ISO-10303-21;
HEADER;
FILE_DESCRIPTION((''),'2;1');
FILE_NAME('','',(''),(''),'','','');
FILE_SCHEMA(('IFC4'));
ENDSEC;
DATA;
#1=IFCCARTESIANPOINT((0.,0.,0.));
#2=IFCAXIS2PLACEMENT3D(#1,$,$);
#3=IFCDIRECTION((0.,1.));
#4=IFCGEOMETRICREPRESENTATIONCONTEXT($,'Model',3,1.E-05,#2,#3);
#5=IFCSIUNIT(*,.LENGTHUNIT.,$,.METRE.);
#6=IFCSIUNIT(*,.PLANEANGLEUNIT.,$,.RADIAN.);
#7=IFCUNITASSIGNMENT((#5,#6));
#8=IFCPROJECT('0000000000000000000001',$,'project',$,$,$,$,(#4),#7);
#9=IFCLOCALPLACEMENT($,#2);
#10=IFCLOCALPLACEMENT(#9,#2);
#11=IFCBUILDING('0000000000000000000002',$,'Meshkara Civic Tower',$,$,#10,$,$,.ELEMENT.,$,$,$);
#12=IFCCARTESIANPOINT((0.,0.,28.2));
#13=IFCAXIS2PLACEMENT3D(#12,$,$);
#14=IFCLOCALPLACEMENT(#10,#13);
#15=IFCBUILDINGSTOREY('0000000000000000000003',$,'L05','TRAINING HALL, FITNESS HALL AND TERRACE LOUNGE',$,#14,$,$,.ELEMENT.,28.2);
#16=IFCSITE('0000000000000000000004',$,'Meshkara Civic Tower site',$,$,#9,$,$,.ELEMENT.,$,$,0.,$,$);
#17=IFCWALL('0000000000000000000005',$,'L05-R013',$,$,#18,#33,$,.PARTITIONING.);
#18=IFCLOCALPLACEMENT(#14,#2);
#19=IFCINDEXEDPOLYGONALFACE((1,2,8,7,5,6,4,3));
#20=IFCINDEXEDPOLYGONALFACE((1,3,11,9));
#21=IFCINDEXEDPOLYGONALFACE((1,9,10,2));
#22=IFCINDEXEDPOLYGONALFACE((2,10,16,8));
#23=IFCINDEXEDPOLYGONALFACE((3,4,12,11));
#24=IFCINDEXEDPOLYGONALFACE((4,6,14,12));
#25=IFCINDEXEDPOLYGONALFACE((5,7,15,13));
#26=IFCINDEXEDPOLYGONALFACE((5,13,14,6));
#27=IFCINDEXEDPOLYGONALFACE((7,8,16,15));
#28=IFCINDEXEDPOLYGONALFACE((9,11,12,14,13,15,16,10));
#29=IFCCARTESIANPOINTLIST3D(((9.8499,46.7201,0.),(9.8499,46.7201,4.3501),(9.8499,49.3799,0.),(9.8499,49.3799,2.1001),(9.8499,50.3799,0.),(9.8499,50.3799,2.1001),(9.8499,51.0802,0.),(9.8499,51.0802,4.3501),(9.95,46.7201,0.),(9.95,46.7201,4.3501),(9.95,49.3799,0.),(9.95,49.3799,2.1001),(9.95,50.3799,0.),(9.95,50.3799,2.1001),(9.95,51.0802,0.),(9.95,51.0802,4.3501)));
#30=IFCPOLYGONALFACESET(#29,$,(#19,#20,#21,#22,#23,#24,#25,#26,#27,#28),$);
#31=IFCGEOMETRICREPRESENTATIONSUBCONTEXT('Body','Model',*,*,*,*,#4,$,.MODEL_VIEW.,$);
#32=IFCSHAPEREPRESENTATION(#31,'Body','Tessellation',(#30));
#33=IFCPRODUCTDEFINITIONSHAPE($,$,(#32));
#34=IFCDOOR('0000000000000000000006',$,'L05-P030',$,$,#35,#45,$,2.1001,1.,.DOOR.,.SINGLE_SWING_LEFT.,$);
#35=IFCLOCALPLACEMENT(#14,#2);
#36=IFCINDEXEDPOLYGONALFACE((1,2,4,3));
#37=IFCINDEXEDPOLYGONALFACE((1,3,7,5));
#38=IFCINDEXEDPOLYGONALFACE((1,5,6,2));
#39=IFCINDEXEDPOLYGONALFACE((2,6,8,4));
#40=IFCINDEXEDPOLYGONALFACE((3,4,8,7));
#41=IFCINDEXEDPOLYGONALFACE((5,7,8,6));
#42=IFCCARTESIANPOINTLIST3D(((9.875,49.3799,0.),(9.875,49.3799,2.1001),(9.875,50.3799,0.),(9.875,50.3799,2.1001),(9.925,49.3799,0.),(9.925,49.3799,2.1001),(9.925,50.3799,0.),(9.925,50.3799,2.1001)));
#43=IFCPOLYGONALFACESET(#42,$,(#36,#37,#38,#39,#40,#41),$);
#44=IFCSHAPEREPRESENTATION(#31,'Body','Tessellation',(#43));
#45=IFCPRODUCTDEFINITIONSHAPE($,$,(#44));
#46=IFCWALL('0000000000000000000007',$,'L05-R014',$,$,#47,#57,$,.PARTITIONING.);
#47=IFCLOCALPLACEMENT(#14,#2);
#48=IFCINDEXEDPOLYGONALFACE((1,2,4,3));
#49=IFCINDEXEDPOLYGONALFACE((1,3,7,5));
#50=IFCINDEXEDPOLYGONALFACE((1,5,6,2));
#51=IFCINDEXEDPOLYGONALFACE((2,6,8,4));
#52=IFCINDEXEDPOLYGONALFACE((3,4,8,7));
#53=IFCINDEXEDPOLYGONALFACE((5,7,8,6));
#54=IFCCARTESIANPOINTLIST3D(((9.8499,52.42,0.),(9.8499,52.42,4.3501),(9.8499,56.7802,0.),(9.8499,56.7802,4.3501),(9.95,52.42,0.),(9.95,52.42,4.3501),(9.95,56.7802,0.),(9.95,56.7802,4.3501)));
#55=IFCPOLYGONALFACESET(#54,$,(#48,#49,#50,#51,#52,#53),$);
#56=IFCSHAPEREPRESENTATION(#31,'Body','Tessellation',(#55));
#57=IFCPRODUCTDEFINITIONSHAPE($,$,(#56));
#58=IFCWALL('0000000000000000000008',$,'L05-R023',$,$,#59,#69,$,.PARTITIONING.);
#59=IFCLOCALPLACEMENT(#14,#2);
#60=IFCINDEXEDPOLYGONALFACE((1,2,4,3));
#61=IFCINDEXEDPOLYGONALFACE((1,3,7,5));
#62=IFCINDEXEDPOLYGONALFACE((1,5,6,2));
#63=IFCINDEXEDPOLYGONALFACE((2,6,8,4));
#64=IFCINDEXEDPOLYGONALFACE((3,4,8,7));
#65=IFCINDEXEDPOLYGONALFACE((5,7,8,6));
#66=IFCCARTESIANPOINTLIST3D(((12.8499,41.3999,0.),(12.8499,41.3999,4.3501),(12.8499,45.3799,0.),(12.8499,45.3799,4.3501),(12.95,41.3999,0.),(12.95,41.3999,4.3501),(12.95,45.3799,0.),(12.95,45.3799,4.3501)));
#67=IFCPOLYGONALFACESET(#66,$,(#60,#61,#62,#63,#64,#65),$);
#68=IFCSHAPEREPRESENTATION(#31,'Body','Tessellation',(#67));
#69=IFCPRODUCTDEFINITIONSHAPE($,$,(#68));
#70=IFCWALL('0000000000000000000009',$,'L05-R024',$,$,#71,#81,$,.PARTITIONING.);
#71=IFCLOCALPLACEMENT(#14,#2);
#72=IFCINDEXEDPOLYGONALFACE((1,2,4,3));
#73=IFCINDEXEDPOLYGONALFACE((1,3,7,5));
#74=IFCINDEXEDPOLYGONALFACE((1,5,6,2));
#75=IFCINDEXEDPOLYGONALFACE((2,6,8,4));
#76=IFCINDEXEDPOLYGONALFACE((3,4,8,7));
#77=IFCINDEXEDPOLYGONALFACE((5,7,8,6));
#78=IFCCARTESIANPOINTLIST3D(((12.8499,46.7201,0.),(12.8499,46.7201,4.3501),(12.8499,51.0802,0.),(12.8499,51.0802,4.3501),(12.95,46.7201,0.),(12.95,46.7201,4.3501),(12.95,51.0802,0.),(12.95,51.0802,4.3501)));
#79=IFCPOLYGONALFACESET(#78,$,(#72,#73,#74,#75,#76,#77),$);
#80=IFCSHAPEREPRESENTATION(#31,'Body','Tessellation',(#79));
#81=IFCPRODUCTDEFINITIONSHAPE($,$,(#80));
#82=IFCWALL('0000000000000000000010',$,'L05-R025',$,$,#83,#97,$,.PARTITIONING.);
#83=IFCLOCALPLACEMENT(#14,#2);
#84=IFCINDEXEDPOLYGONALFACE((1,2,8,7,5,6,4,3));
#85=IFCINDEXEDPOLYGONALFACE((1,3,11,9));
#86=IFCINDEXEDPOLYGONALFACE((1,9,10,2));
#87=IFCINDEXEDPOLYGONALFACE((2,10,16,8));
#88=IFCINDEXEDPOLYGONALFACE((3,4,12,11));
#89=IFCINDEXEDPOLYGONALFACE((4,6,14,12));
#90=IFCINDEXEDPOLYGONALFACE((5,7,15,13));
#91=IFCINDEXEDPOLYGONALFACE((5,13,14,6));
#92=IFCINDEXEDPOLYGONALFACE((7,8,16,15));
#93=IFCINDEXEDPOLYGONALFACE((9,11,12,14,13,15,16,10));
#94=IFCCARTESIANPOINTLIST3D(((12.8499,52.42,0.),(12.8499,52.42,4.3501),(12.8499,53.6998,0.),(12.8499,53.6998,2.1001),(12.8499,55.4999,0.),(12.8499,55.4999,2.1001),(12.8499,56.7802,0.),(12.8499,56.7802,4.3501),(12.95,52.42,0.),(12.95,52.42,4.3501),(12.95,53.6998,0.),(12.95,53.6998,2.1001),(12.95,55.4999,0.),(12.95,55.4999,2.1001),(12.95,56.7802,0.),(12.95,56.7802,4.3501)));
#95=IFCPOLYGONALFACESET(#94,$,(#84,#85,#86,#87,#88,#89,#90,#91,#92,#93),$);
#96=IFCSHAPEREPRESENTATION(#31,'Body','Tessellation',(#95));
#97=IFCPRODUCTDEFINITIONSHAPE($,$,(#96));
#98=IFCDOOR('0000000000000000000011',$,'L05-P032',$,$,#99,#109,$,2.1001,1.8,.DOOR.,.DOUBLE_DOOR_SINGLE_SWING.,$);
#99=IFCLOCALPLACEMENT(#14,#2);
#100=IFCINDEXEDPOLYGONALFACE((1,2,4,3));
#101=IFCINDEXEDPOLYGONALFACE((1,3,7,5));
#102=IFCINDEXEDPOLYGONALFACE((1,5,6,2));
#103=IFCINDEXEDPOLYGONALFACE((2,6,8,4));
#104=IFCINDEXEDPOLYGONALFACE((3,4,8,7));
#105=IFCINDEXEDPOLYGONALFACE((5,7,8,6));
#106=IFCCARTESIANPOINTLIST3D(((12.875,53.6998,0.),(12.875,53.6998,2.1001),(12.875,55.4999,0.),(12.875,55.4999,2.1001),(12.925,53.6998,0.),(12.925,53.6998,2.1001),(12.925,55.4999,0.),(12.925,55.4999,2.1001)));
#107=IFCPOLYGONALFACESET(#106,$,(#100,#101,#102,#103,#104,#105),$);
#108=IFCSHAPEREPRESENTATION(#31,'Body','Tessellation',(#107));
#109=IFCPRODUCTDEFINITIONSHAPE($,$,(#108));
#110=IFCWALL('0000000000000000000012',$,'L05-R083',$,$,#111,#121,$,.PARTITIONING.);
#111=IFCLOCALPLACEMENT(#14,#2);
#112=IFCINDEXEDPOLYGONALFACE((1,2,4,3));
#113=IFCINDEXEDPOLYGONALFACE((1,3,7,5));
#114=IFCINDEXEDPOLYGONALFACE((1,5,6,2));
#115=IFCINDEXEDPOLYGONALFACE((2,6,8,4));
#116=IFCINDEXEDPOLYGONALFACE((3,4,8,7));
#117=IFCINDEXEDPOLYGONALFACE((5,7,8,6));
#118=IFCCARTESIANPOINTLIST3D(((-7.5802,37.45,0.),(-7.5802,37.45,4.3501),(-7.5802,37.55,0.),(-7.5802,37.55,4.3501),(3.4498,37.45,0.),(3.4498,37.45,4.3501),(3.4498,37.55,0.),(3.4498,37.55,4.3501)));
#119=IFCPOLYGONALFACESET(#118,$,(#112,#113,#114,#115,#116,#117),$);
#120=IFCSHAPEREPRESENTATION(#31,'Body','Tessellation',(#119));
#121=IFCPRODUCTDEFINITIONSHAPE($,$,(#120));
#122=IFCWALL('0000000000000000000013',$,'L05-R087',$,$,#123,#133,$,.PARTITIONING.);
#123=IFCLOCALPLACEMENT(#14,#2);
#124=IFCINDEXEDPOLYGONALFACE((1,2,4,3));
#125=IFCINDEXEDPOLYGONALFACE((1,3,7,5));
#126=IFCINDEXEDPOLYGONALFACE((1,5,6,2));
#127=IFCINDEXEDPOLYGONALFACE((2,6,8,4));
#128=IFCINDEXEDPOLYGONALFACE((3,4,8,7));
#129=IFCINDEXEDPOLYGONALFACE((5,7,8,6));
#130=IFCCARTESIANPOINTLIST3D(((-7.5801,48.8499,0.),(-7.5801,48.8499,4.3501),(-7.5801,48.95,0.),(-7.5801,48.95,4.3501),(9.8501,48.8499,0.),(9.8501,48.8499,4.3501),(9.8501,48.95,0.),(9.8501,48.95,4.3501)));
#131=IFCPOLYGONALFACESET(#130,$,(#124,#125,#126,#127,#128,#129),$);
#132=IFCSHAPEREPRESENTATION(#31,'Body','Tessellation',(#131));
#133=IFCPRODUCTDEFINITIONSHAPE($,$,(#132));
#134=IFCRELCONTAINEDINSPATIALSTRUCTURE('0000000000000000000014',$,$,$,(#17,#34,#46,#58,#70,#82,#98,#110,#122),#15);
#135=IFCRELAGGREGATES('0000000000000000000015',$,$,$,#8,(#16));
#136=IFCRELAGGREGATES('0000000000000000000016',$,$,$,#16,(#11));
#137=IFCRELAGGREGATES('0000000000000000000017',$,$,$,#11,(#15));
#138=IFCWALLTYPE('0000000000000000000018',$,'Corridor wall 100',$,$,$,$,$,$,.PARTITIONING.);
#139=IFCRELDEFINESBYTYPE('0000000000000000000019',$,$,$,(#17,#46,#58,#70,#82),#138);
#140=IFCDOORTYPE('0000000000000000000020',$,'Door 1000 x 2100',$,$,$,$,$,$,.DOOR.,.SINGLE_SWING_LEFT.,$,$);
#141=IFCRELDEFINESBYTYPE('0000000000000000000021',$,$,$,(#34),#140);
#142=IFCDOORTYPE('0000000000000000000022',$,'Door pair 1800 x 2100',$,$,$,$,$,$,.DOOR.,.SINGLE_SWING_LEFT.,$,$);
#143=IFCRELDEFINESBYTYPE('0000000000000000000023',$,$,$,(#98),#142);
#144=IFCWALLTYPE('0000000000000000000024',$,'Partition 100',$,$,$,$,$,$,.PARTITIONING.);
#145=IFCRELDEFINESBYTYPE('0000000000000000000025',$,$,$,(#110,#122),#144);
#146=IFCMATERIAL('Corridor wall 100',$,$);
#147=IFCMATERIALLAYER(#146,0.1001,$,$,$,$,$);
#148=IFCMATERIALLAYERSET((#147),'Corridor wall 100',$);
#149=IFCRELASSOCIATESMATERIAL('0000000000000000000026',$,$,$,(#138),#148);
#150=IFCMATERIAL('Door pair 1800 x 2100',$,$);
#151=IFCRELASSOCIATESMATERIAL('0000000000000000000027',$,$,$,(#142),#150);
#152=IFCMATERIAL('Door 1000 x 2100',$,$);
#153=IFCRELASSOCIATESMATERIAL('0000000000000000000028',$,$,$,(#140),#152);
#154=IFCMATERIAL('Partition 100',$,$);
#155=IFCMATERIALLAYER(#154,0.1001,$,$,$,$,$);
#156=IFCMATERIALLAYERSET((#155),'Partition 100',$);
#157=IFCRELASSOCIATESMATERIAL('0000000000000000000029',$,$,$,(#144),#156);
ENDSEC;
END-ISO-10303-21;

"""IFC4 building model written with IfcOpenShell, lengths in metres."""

from ifc_helpers import new_model, si_unit, direction, frame, frame_2d, origin, place, context, subcontext, project, spatial, rectangle, extrude, material, layer, layer_set, type_object, element, fill, save


model = new_model("IFC4")

# Units and contexts
model_context = context("Model", 3, precision=1e-05, world=origin(), true_north=direction((0.0, 1.0)))
body_context = subcontext(model_context, "Body", "Model", "MODEL_VIEW")
ifc_project = project(units=[si_unit("LENGTHUNIT", "METRE"), si_unit("PLANEANGLEUNIT", "RADIAN")], contexts=[model_context])

# Site, building, storey
site_placement = place(None, origin())
site = spatial("IfcSite", under=ifc_project, at=site_placement, Name="Meshkara Civic Tower site", CompositionType="ELEMENT", RefElevation=0.0)
building_placement = place(site_placement, origin())
building = spatial("IfcBuilding", under=site, at=building_placement, Name="Meshkara Civic Tower", CompositionType="ELEMENT")
storey_placement = place(building_placement, frame((0.0, 0.0, 28.2)))
storey = spatial("IfcBuildingStorey", under=building, at=storey_placement, Name="L05", Description="TRAINING HALL, FITNESS HALL AND TERRACE LOUNGE", CompositionType="ELEMENT", Elevation=28.2)

# Shared definitions
ifc_material_1 = material(Name="Corridor wall 100")
ifc_layer_1 = layer(ifc_material_1, 0.1001)
ifc_layer_set_1 = layer_set([ifc_layer_1], Name="Corridor wall 100")
wall_type_1 = type_object("IfcWallType", Name="Corridor wall 100", PredefinedType="PARTITIONING", material=ifc_layer_set_1)

# Wall, opening, door
ifc_material_2 = material(Name="Door pair 1800 x 2100")
door_type_1 = type_object("IfcDoorType", Name="Door pair 1800 x 2100", OperationType="SINGLE_SWING_LEFT", PredefinedType="DOOR", material=ifc_material_2)
wall_1_placement = place(storey_placement, frame((9.8999, 46.72, 0.0), z_axis=(0.0, 0.0, 1.0), x_axis=(0.0, 1.0, 0.0)))
wall_1 = element("IfcWall", 1, at=wall_1_placement, inside=storey, type_object=wall_type_1, Name="L05-R013", PredefinedType="PARTITIONING", context=body_context, shape_type="SweptSolid", body=[
    extrude(rectangle(XDim=4.3601, YDim=0.1001, at=frame_2d((2.1802, 0.0))), origin(), (0.0, 0.0, 1.0), 4.3501),
])
opening_1_placement = place(wall_1_placement, frame((2.6599, 0.0, 0.0)))
opening_1 = element("IfcOpeningElement", 2, at=opening_1_placement, cuts=wall_1, PredefinedType="OPENING", context=body_context, shape_type="SweptSolid", body=[
    extrude(rectangle(XDim=1.0, YDim=2.1001, at=frame_2d((0.5, 1.05))), frame((0.0, 0.0601, 0.0), z_axis=(0.0, -1.0, 0.0), x_axis=(1.0, 0.0, 0.0)), (0.0, 0.0, 1.0), 0.1201),
])
ifc_material_3 = material(Name="Door 1000 x 2100")
door_type_2 = type_object("IfcDoorType", Name="Door 1000 x 2100", OperationType="SINGLE_SWING_LEFT", PredefinedType="DOOR", material=ifc_material_3)
door_1_placement = place(opening_1_placement, origin())
door_1 = element("IfcDoor", 3, at=door_1_placement, inside=storey, type_object=door_type_2, Name="L05-P030", OperationType="SINGLE_SWING_LEFT", OverallHeight=2.1001, OverallWidth=1.0, PredefinedType="DOOR", context=body_context, shape_type="SweptSolid", body=[
    extrude(rectangle(XDim=1.0, YDim=2.1001, at=frame_2d((0.5, 1.05))), frame((0.0, 0.0249, 0.0), z_axis=(0.0, -1.0, 0.0), x_axis=(1.0, 0.0, 0.0)), (0.0, 0.0, 1.0), 0.05),
])
fill(opening_1, door_1)

# Walls
wall_2_placement = place(storey_placement, frame((9.8999, 52.4199, 0.0), z_axis=(0.0, 0.0, 1.0), x_axis=(0.0, 1.0, 0.0)))
element("IfcWall", 4, at=wall_2_placement, inside=storey, type_object=wall_type_1, Name="L05-R014", PredefinedType="PARTITIONING", context=body_context, shape_type="SweptSolid", body=[
    extrude(rectangle(XDim=4.3601, YDim=0.1001, at=frame_2d((2.1802, 0.0))), origin(), (0.0, 0.0, 1.0), 4.3501),
])
wall_3_placement = place(storey_placement, frame((12.8999, 41.3999, 0.0), z_axis=(0.0, 0.0, 1.0), x_axis=(0.0, 1.0, 0.0)))
element("IfcWall", 5, at=wall_3_placement, inside=storey, type_object=wall_type_1, Name="L05-R023", PredefinedType="PARTITIONING", context=body_context, shape_type="SweptSolid", body=[
    extrude(rectangle(XDim=3.98, YDim=0.1001, at=frame_2d((1.99, 0.0))), origin(), (0.0, 0.0, 1.0), 4.3501),
])
wall_4_placement = place(storey_placement, frame((12.8999, 46.72, 0.0), z_axis=(0.0, 0.0, 1.0), x_axis=(0.0, 1.0, 0.0)))
element("IfcWall", 6, at=wall_4_placement, inside=storey, type_object=wall_type_1, Name="L05-R024", PredefinedType="PARTITIONING", context=body_context, shape_type="SweptSolid", body=[
    extrude(rectangle(XDim=4.3601, YDim=0.1001, at=frame_2d((2.1802, 0.0))), origin(), (0.0, 0.0, 1.0), 4.3501),
])

# Wall, opening, door
wall_5_placement = place(storey_placement, frame((12.8999, 52.4199, 0.0), z_axis=(0.0, 0.0, 1.0), x_axis=(0.0, 1.0, 0.0)))
wall_5 = element("IfcWall", 7, at=wall_5_placement, inside=storey, type_object=wall_type_1, Name="L05-R025", PredefinedType="PARTITIONING", context=body_context, shape_type="SweptSolid", body=[
    extrude(rectangle(XDim=4.3601, YDim=0.1001, at=frame_2d((2.1802, 0.0))), origin(), (0.0, 0.0, 1.0), 4.3501),
])
opening_2_placement = place(wall_5_placement, frame((1.28, 0.0, 0.0)))
opening_2 = element("IfcOpeningElement", 8, at=opening_2_placement, cuts=wall_5, PredefinedType="OPENING", context=body_context, shape_type="SweptSolid", body=[
    extrude(rectangle(XDim=1.8, YDim=2.1001, at=frame_2d((0.8999, 1.05))), frame((0.0, 0.0601, 0.0), z_axis=(0.0, -1.0, 0.0), x_axis=(1.0, 0.0, 0.0)), (0.0, 0.0, 1.0), 0.1201),
])
door_2_placement = place(opening_2_placement, origin())
door_2 = element("IfcDoor", 9, at=door_2_placement, inside=storey, type_object=door_type_1, Name="L05-P032", OperationType="DOUBLE_DOOR_SINGLE_SWING", OverallHeight=2.1001, OverallWidth=1.8, PredefinedType="DOOR", context=body_context, shape_type="SweptSolid", body=[
    extrude(rectangle(XDim=1.8, YDim=2.1001, at=frame_2d((0.8999, 1.05))), frame((0.0, 0.0249, 0.0), z_axis=(0.0, -1.0, 0.0), x_axis=(1.0, 0.0, 0.0)), (0.0, 0.0, 1.0), 0.05),
])
fill(opening_2, door_2)

# Walls
ifc_material_4 = material(Name="Partition 100")
ifc_layer_2 = layer(ifc_material_4, 0.1001)
ifc_layer_set_2 = layer_set([ifc_layer_2], Name="Partition 100")
wall_type_2 = type_object("IfcWallType", Name="Partition 100", PredefinedType="PARTITIONING", material=ifc_layer_set_2)
wall_6_placement = place(storey_placement, frame((3.45, 37.5, 0.0), z_axis=(0.0, 0.0, 1.0), x_axis=(-1.0, 0.0, 0.0)))
element("IfcWall", 10, at=wall_6_placement, inside=storey, type_object=wall_type_2, Name="L05-R083", PredefinedType="PARTITIONING", context=body_context, shape_type="SweptSolid", body=[
    extrude(rectangle(XDim=11.03, YDim=0.1001, at=frame_2d((5.5151, 0.0))), origin(), (0.0, 0.0, 1.0), 4.3501),
])
wall_7_placement = place(storey_placement, frame((9.8501, 48.8999, 0.0), z_axis=(0.0, 0.0, 1.0), x_axis=(-1.0, 0.0, 0.0)))
element("IfcWall", 11, at=wall_7_placement, inside=storey, type_object=wall_type_2, Name="L05-R087", PredefinedType="PARTITIONING", context=body_context, shape_type="SweptSolid", body=[
    extrude(rectangle(XDim=17.4302, YDim=0.1001, at=frame_2d((8.7151, 0.0))), origin(), (0.0, 0.0, 1.0), 4.3501),
])

save(model, "model.ifc")
